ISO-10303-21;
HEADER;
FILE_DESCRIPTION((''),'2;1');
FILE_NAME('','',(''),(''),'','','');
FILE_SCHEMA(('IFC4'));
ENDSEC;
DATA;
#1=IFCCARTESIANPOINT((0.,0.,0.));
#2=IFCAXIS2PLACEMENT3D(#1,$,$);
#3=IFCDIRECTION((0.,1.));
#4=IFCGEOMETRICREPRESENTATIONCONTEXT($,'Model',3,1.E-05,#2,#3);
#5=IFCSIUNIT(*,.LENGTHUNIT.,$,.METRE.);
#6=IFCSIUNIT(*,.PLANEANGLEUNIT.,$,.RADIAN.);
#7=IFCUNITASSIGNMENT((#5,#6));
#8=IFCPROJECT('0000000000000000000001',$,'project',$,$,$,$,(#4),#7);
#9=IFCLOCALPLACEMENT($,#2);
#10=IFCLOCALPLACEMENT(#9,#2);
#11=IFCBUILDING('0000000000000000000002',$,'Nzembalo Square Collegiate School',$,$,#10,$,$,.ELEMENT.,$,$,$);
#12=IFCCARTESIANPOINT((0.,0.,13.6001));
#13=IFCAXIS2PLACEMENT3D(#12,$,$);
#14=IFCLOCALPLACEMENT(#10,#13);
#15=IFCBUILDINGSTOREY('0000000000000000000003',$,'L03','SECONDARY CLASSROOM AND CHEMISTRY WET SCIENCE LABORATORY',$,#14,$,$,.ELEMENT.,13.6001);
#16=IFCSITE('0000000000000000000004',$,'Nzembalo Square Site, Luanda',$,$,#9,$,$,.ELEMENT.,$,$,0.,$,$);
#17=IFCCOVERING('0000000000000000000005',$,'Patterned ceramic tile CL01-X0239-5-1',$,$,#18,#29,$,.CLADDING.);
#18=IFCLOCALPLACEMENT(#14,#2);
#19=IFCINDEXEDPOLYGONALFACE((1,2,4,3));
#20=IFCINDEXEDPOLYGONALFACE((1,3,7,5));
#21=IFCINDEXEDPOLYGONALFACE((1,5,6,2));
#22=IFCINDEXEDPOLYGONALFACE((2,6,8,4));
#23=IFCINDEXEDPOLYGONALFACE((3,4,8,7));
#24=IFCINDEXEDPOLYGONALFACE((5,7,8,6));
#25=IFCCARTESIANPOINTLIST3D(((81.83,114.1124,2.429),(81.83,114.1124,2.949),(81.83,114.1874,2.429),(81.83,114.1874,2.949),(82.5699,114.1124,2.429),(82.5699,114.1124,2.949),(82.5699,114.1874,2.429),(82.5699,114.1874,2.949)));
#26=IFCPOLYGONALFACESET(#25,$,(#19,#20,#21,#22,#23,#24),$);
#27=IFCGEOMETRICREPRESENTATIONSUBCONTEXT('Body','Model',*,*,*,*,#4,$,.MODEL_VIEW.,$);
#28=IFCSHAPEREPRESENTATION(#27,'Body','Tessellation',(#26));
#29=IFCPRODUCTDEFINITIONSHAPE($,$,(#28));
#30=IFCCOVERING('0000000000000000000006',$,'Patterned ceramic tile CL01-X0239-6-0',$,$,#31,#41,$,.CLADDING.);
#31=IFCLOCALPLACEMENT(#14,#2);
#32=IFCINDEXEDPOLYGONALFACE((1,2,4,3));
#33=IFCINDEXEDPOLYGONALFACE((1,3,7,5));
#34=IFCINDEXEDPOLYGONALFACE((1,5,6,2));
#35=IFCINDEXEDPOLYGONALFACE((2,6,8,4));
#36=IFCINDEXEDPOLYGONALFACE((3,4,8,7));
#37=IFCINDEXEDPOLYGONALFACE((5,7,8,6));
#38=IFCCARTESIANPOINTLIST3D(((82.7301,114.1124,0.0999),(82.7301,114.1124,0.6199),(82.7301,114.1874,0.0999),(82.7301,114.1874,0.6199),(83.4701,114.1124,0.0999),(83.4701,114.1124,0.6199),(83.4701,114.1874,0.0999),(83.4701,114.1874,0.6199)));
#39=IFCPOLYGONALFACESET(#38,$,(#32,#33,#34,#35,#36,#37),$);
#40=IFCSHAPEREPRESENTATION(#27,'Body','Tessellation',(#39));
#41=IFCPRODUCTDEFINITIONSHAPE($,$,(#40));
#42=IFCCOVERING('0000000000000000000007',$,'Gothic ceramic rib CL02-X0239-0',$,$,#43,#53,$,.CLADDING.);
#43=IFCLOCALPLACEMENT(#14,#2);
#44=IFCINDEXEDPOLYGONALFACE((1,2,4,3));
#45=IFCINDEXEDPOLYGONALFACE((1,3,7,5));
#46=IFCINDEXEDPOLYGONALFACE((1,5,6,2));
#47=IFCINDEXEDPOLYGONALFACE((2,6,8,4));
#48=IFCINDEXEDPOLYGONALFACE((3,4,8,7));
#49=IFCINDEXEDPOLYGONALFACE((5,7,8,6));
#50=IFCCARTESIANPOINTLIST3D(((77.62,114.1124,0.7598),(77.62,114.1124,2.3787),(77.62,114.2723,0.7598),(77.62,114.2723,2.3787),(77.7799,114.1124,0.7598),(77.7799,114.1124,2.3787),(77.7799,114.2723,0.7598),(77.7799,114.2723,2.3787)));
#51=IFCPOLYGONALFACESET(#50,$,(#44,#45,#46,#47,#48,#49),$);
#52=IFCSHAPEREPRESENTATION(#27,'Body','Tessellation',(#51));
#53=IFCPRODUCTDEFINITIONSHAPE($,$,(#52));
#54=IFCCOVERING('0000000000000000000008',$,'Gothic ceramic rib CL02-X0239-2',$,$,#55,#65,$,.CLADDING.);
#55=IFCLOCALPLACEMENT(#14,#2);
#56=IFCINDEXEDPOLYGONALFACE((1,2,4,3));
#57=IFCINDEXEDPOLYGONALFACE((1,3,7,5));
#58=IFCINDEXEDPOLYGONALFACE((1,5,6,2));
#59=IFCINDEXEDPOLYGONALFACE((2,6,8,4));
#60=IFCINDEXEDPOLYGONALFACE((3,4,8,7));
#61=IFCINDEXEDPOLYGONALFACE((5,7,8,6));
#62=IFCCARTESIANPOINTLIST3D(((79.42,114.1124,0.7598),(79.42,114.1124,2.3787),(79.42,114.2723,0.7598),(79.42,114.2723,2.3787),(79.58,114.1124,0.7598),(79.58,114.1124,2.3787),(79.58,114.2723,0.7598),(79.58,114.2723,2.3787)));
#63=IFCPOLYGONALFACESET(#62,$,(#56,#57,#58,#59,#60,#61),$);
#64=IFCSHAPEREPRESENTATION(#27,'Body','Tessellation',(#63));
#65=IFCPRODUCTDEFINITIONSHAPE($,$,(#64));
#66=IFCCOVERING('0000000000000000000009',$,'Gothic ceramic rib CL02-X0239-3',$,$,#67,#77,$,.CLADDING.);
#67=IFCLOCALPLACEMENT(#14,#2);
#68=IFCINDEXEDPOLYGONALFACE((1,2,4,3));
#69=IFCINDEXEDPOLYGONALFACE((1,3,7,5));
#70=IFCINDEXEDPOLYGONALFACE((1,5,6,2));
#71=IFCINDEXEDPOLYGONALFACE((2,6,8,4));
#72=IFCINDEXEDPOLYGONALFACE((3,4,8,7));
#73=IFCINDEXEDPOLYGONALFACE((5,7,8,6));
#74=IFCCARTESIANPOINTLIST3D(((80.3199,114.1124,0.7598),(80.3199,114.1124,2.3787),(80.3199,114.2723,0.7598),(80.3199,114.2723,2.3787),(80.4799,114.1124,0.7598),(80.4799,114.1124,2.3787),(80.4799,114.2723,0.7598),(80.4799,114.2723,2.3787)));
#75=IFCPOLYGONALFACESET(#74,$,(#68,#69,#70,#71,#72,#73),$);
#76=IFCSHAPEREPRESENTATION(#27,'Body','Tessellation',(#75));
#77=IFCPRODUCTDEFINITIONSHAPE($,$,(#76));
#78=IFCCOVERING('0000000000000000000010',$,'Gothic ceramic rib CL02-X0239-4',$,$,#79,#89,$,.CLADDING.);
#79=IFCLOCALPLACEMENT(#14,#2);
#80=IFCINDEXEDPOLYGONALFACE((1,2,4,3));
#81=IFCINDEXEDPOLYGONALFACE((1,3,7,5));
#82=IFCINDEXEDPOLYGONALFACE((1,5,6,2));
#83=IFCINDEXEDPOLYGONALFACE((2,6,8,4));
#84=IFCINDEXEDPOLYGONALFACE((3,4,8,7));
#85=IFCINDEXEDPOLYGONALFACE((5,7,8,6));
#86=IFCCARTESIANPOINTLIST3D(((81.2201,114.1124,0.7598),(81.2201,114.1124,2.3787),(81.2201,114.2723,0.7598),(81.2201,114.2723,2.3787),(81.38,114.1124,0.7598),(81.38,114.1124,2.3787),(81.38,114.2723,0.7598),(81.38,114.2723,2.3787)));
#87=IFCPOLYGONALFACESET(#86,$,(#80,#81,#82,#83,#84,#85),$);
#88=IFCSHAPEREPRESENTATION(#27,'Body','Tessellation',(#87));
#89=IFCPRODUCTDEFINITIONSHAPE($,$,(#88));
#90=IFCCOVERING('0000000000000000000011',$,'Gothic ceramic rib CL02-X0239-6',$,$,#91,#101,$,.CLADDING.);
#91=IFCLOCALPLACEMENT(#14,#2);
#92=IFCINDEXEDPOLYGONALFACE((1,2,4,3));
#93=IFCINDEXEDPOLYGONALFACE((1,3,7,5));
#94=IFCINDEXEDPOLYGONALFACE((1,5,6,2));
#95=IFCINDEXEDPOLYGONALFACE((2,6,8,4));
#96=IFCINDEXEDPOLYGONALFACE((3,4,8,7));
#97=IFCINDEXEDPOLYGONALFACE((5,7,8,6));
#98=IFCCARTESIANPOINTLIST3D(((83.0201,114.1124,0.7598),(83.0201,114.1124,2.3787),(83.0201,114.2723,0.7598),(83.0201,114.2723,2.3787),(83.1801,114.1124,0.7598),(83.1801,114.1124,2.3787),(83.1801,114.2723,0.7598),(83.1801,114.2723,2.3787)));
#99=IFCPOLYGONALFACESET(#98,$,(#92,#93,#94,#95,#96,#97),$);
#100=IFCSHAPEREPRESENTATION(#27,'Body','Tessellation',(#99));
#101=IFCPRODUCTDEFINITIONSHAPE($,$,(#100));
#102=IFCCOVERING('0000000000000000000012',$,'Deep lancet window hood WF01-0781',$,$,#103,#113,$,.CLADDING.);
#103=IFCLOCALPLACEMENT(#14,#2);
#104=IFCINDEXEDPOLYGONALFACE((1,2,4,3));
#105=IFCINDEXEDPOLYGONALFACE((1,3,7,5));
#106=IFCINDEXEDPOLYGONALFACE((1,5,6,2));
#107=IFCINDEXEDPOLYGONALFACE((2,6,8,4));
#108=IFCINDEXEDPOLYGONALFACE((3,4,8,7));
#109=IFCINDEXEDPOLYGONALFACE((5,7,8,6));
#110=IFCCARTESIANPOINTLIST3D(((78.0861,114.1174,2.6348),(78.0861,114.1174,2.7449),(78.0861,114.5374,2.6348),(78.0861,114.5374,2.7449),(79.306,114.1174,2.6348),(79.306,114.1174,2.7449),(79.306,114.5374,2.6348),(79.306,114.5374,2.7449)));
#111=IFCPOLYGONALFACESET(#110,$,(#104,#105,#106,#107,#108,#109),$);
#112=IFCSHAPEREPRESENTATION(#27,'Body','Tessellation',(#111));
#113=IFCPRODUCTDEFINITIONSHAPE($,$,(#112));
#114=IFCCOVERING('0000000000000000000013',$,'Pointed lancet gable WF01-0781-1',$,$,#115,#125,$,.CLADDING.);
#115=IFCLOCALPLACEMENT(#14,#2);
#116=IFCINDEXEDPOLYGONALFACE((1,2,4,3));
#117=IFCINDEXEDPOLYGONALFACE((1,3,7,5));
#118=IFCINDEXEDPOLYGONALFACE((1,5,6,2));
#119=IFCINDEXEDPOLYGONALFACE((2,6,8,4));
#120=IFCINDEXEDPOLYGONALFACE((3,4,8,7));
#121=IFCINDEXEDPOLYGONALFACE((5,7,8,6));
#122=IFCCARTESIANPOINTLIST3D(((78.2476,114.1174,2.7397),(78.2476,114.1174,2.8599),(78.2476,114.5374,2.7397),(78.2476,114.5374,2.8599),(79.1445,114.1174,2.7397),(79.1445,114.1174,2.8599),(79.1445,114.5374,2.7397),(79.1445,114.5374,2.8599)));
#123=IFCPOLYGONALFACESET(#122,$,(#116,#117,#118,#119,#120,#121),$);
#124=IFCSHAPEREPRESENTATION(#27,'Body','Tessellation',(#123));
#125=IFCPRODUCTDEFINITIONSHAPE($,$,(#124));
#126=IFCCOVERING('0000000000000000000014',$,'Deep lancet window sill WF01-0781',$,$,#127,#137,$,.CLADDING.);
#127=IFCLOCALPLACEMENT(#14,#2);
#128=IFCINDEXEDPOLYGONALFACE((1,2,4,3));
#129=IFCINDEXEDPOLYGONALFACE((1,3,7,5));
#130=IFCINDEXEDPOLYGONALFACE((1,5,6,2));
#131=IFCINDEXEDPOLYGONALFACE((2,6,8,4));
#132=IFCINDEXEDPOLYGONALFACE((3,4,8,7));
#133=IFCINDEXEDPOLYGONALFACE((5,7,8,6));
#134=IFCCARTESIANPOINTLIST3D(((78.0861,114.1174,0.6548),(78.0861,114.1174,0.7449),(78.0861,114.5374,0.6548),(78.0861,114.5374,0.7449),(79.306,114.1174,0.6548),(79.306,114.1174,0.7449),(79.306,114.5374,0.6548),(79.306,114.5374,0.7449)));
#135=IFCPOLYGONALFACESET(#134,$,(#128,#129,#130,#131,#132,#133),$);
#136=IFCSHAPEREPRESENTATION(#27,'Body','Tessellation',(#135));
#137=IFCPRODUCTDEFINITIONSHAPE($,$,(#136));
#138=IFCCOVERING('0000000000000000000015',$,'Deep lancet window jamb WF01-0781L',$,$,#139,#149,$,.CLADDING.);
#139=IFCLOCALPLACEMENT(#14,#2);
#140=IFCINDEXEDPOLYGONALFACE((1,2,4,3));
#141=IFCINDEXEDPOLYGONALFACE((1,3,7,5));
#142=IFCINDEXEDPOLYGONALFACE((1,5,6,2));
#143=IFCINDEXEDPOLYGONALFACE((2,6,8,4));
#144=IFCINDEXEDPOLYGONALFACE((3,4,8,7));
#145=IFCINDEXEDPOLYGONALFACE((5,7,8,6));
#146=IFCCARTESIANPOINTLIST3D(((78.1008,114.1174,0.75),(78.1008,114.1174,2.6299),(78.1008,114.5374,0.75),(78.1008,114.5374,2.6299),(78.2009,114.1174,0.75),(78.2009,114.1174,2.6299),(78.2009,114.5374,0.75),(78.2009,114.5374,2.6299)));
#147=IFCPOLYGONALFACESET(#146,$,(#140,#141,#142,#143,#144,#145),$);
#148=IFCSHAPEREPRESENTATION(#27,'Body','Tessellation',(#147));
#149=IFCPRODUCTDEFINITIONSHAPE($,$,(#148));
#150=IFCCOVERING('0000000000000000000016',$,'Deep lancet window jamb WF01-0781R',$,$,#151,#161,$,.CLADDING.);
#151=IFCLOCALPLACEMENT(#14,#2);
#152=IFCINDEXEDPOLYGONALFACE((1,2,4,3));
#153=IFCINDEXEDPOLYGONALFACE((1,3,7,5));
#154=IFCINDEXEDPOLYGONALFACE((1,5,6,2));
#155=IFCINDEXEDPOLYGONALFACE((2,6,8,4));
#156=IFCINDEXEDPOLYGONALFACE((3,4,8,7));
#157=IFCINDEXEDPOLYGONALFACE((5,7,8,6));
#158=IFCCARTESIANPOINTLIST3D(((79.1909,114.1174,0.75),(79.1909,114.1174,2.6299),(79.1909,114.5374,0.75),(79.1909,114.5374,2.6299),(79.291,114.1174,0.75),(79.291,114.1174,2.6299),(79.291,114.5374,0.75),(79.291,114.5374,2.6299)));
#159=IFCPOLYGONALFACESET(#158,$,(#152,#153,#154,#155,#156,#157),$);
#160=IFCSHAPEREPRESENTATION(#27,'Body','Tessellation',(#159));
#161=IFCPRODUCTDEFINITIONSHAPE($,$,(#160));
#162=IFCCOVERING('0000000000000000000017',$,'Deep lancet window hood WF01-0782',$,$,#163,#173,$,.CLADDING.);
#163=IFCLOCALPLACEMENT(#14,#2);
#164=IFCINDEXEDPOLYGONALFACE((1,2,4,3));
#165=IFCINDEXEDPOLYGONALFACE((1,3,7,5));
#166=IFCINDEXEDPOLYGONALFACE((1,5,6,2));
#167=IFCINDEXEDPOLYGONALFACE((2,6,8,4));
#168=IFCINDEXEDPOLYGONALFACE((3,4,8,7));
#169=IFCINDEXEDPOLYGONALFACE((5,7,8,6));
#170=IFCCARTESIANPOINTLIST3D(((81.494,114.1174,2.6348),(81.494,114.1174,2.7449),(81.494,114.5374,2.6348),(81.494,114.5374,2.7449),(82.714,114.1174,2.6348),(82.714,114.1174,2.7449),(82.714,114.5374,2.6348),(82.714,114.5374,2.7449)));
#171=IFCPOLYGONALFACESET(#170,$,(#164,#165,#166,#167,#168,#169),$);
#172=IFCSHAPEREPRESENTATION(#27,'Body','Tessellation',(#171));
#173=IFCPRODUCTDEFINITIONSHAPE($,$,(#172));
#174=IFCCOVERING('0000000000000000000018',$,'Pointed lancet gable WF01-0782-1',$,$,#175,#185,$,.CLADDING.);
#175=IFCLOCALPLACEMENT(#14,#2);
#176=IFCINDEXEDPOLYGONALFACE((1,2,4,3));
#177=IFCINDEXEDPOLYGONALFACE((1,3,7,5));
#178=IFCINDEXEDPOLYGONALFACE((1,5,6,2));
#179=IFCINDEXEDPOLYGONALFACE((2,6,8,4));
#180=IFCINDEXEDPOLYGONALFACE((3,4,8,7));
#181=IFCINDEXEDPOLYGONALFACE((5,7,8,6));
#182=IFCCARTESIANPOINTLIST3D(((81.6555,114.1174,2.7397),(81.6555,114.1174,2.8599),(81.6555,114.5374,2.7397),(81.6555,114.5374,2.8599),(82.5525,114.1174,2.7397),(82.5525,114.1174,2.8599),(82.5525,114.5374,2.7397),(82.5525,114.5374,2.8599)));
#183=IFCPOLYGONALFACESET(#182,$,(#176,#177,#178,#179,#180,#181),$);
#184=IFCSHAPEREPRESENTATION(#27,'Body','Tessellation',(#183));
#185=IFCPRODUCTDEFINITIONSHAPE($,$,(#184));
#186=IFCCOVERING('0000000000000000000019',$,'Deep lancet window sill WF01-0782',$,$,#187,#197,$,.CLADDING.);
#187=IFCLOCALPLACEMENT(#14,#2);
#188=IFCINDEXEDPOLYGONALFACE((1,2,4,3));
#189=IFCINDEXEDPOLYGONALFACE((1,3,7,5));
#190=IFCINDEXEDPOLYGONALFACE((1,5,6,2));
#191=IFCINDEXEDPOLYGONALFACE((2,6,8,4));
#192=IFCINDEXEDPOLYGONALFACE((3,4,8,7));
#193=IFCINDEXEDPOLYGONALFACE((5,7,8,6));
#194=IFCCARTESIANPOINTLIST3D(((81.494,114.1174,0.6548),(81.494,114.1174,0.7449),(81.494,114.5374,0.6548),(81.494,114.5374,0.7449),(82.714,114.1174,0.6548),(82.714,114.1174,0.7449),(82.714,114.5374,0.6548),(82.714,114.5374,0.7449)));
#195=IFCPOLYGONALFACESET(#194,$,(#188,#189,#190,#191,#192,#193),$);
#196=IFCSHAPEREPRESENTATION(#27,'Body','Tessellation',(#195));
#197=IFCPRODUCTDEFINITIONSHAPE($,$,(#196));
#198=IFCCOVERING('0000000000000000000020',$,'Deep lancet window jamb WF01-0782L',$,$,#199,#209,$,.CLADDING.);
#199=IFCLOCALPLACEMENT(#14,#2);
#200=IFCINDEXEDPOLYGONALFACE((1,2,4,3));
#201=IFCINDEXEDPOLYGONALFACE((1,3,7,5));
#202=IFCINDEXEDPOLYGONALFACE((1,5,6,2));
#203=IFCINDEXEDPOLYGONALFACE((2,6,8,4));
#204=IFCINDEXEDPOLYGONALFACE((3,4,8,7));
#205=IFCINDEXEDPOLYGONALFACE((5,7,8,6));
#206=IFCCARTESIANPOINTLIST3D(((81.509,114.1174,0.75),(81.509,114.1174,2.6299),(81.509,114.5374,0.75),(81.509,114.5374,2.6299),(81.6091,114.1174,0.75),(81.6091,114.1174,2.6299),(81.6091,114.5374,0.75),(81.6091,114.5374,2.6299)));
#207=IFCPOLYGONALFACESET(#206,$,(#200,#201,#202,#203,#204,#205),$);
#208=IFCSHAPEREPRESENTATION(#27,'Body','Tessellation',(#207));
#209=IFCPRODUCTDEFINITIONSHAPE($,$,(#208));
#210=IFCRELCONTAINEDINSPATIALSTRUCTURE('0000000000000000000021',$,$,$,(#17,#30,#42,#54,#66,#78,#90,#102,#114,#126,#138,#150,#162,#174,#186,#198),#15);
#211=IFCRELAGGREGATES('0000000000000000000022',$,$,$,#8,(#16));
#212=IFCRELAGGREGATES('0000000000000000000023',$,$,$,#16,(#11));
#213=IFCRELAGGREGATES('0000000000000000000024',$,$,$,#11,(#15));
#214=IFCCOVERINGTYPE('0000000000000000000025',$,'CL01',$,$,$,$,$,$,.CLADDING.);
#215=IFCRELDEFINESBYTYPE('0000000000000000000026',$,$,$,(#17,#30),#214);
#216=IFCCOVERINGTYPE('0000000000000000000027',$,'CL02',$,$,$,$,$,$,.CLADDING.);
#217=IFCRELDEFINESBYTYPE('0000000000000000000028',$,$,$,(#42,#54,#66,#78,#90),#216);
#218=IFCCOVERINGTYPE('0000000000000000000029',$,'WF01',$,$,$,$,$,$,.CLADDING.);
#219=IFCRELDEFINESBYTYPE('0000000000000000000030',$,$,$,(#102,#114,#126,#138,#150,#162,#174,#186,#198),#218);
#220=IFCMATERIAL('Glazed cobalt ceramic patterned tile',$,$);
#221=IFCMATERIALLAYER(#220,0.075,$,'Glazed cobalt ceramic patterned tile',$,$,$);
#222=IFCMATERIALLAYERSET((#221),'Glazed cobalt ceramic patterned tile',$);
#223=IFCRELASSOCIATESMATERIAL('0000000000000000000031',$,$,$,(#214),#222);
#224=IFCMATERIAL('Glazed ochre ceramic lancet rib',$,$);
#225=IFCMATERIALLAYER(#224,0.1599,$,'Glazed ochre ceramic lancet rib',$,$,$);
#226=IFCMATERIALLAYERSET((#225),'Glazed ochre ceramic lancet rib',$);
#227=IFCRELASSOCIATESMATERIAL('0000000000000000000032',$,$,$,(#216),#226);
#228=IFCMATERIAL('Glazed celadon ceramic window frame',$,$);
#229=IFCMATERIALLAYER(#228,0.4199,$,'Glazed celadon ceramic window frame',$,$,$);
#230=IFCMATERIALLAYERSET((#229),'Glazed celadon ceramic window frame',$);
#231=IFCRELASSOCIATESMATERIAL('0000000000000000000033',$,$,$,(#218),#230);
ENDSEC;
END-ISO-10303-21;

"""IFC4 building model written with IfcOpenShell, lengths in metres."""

from ifc_helpers import new_model, si_unit, direction, frame, origin, origin_2d, place, context, subcontext, project, spatial, rectangle, extrude, material, layer, layer_set, type_object, element, save


model = new_model("IFC4")

# Units and contexts
model_context = context("Model", 3, precision=1e-05, world=origin(), true_north=direction((0.0, 1.0)))
body_context = subcontext(model_context, "Body", "Model", "MODEL_VIEW")
ifc_project = project(units=[si_unit("LENGTHUNIT", "METRE"), si_unit("PLANEANGLEUNIT", "RADIAN")], contexts=[model_context])

# Site, building, storey
site_placement = place(None, origin())
site = spatial("IfcSite", under=ifc_project, at=site_placement, Name="Nzembalo Square Site, Luanda", CompositionType="ELEMENT", RefElevation=0.0)
building_placement = place(site_placement, origin())
building = spatial("IfcBuilding", under=site, at=building_placement, Name="Nzembalo Square Collegiate School", CompositionType="ELEMENT")
storey_placement = place(building_placement, frame((0.0, 0.0, 13.6001)))
storey = spatial("IfcBuildingStorey", under=building, at=storey_placement, Name="L03", Description="SECONDARY CLASSROOM AND CHEMISTRY WET SCIENCE LABORATORY", CompositionType="ELEMENT", Elevation=13.6001)

# Coverings
ifc_material_1 = material(Name="Glazed cobalt ceramic patterned tile")
ifc_layer_1 = layer(ifc_material_1, 0.075, Name="Glazed cobalt ceramic patterned tile")
ifc_layer_set_1 = layer_set([ifc_layer_1], Name="Glazed cobalt ceramic patterned tile")
covering_type_1 = type_object("IfcCoveringType", Name="CL01", PredefinedType="CLADDING", material=ifc_layer_set_1)
for number, where, z_axis, x_axis, name in (
    (1, (82.2, 114.1499, 2.429), (0.0, 0.0, 1.0), (1.0, 0.0, 0.0), "Patterned ceramic tile CL01-X0239-5-1"),
    (2, (83.1001, 114.1499, 0.0999), (0.0, 0.0, 1.0), (1.0, 0.0, 0.0), "Patterned ceramic tile CL01-X0239-6-0"),
):
    element("IfcCovering", number, at=place(storey_placement, frame(where, z_axis=z_axis, x_axis=x_axis)), inside=storey, type_object=covering_type_1, Name=name, PredefinedType="CLADDING", context=body_context, shape_type="SweptSolid", body=[
        extrude(rectangle(XDim=0.74, YDim=0.075, at=origin_2d()), origin(), (0.0, 0.0, 1.0), 0.52),
    ])
ifc_material_2 = material(Name="Glazed ochre ceramic lancet rib")
ifc_layer_2 = layer(ifc_material_2, 0.1599, Name="Glazed ochre ceramic lancet rib")
ifc_layer_set_2 = layer_set([ifc_layer_2], Name="Glazed ochre ceramic lancet rib")
covering_type_2 = type_object("IfcCoveringType", Name="CL02", PredefinedType="CLADDING", material=ifc_layer_set_2)
for number, where, z_axis, x_axis, name in (
    (3, (77.7, 114.1924, 0.7598), (0.0, 0.0, 1.0), (1.0, 0.0, 0.0), "Gothic ceramic rib CL02-X0239-0"),
    (4, (79.5, 114.1924, 0.7598), (0.0, 0.0, 1.0), (1.0, 0.0, 0.0), "Gothic ceramic rib CL02-X0239-2"),
    (5, (80.3999, 114.1924, 0.7598), (0.0, 0.0, 1.0), (1.0, 0.0, 0.0), "Gothic ceramic rib CL02-X0239-3"),
    (6, (81.3, 114.1924, 0.7598), (0.0, 0.0, 1.0), (1.0, 0.0, 0.0), "Gothic ceramic rib CL02-X0239-4"),
    (7, (83.1001, 114.1924, 0.7598), (0.0, 0.0, 1.0), (1.0, 0.0, 0.0), "Gothic ceramic rib CL02-X0239-6"),
):
    element("IfcCovering", number, at=place(storey_placement, frame(where, z_axis=z_axis, x_axis=x_axis)), inside=storey, type_object=covering_type_2, Name=name, PredefinedType="CLADDING", context=body_context, shape_type="SweptSolid", body=[
        extrude(rectangle(XDim=0.1599, YDim=0.1599, at=origin_2d()), origin(), (0.0, 0.0, 1.0), 1.6189),
    ])
ifc_material_3 = material(Name="Glazed celadon ceramic window frame")
ifc_layer_3 = layer(ifc_material_3, 0.4199, Name="Glazed celadon ceramic window frame")
ifc_layer_set_3 = layer_set([ifc_layer_3], Name="Glazed celadon ceramic window frame")
covering_type_3 = type_object("IfcCoveringType", Name="WF01", PredefinedType="CLADDING", material=ifc_layer_set_3)
covering_1_placement = place(storey_placement, frame((78.696, 114.3274, 2.6348), z_axis=(0.0, 0.0, 1.0), x_axis=(1.0, 0.0, 0.0)))
element("IfcCovering", 8, at=covering_1_placement, inside=storey, type_object=covering_type_3, Name="Deep lancet window hood WF01-0781", PredefinedType="CLADDING", context=body_context, shape_type="SweptSolid", body=[
    extrude(rectangle(XDim=1.22, YDim=0.4199, at=origin_2d()), origin(), (0.0, 0.0, 1.0), 0.1101),
])
covering_2_placement = place(storey_placement, frame((78.696, 114.3274, 2.7397), z_axis=(0.0, 0.0, 1.0), x_axis=(1.0, 0.0, 0.0)))
element("IfcCovering", 9, at=covering_2_placement, inside=storey, type_object=covering_type_3, Name="Pointed lancet gable WF01-0781-1", PredefinedType="CLADDING", context=body_context, shape_type="SweptSolid", body=[
    extrude(rectangle(XDim=0.897, YDim=0.4199, at=origin_2d()), origin(), (0.0, 0.0, 1.0), 0.1201),
])
covering_3_placement = place(storey_placement, frame((78.696, 114.3274, 0.6548), z_axis=(0.0, 0.0, 1.0), x_axis=(1.0, 0.0, 0.0)))
element("IfcCovering", 10, at=covering_3_placement, inside=storey, type_object=covering_type_3, Name="Deep lancet window sill WF01-0781", PredefinedType="CLADDING", context=body_context, shape_type="SweptSolid", body=[
    extrude(rectangle(XDim=1.22, YDim=0.4199, at=origin_2d()), origin(), (0.0, 0.0, 1.0), 0.0901),
])
for number, where, z_axis, x_axis, name in (
    (11, (78.1509, 114.3274, 0.75), (0.0, 0.0, 1.0), (1.0, 0.0, 0.0), "Deep lancet window jamb WF01-0781L"),
    (12, (79.241, 114.3274, 0.75), (0.0, 0.0, 1.0), (1.0, 0.0, 0.0), "Deep lancet window jamb WF01-0781R"),
):
    element("IfcCovering", number, at=place(storey_placement, frame(where, z_axis=z_axis, x_axis=x_axis)), inside=storey, type_object=covering_type_3, Name=name, PredefinedType="CLADDING", context=body_context, shape_type="SweptSolid", body=[
        extrude(rectangle(XDim=0.1001, YDim=0.4199, at=origin_2d()), origin(), (0.0, 0.0, 1.0), 1.8799),
    ])
covering_4_placement = place(storey_placement, frame((82.104, 114.3274, 2.6348), z_axis=(0.0, 0.0, 1.0), x_axis=(1.0, 0.0, 0.0)))
element("IfcCovering", 13, at=covering_4_placement, inside=storey, type_object=covering_type_3, Name="Deep lancet window hood WF01-0782", PredefinedType="CLADDING", context=body_context, shape_type="SweptSolid", body=[
    extrude(rectangle(XDim=1.22, YDim=0.4199, at=origin_2d()), origin(), (0.0, 0.0, 1.0), 0.1101),
])
covering_5_placement = place(storey_placement, frame((82.104, 114.3274, 2.7397), z_axis=(0.0, 0.0, 1.0), x_axis=(1.0, 0.0, 0.0)))
element("IfcCovering", 14, at=covering_5_placement, inside=storey, type_object=covering_type_3, Name="Pointed lancet gable WF01-0782-1", PredefinedType="CLADDING", context=body_context, shape_type="SweptSolid", body=[
    extrude(rectangle(XDim=0.897, YDim=0.4199, at=origin_2d()), origin(), (0.0, 0.0, 1.0), 0.1201),
])
covering_6_placement = place(storey_placement, frame((82.104, 114.3274, 0.6548), z_axis=(0.0, 0.0, 1.0), x_axis=(1.0, 0.0, 0.0)))
element("IfcCovering", 15, at=covering_6_placement, inside=storey, type_object=covering_type_3, Name="Deep lancet window sill WF01-0782", PredefinedType="CLADDING", context=body_context, shape_type="SweptSolid", body=[
    extrude(rectangle(XDim=1.22, YDim=0.4199, at=origin_2d()), origin(), (0.0, 0.0, 1.0), 0.0901),
])
for number, where, z_axis, x_axis, name in (
    (16, (81.5591, 114.3274, 0.75), (0.0, 0.0, 1.0), (1.0, 0.0, 0.0), "Deep lancet window jamb WF01-0782L"),
):
    element("IfcCovering", number, at=place(storey_placement, frame(where, z_axis=z_axis, x_axis=x_axis)), inside=storey, type_object=covering_type_3, Name=name, PredefinedType="CLADDING", context=body_context, shape_type="SweptSolid", body=[
        extrude(rectangle(XDim=0.1001, YDim=0.4199, at=origin_2d()), origin(), (0.0, 0.0, 1.0), 1.8799),
    ])

save(model, "model.ifc")
